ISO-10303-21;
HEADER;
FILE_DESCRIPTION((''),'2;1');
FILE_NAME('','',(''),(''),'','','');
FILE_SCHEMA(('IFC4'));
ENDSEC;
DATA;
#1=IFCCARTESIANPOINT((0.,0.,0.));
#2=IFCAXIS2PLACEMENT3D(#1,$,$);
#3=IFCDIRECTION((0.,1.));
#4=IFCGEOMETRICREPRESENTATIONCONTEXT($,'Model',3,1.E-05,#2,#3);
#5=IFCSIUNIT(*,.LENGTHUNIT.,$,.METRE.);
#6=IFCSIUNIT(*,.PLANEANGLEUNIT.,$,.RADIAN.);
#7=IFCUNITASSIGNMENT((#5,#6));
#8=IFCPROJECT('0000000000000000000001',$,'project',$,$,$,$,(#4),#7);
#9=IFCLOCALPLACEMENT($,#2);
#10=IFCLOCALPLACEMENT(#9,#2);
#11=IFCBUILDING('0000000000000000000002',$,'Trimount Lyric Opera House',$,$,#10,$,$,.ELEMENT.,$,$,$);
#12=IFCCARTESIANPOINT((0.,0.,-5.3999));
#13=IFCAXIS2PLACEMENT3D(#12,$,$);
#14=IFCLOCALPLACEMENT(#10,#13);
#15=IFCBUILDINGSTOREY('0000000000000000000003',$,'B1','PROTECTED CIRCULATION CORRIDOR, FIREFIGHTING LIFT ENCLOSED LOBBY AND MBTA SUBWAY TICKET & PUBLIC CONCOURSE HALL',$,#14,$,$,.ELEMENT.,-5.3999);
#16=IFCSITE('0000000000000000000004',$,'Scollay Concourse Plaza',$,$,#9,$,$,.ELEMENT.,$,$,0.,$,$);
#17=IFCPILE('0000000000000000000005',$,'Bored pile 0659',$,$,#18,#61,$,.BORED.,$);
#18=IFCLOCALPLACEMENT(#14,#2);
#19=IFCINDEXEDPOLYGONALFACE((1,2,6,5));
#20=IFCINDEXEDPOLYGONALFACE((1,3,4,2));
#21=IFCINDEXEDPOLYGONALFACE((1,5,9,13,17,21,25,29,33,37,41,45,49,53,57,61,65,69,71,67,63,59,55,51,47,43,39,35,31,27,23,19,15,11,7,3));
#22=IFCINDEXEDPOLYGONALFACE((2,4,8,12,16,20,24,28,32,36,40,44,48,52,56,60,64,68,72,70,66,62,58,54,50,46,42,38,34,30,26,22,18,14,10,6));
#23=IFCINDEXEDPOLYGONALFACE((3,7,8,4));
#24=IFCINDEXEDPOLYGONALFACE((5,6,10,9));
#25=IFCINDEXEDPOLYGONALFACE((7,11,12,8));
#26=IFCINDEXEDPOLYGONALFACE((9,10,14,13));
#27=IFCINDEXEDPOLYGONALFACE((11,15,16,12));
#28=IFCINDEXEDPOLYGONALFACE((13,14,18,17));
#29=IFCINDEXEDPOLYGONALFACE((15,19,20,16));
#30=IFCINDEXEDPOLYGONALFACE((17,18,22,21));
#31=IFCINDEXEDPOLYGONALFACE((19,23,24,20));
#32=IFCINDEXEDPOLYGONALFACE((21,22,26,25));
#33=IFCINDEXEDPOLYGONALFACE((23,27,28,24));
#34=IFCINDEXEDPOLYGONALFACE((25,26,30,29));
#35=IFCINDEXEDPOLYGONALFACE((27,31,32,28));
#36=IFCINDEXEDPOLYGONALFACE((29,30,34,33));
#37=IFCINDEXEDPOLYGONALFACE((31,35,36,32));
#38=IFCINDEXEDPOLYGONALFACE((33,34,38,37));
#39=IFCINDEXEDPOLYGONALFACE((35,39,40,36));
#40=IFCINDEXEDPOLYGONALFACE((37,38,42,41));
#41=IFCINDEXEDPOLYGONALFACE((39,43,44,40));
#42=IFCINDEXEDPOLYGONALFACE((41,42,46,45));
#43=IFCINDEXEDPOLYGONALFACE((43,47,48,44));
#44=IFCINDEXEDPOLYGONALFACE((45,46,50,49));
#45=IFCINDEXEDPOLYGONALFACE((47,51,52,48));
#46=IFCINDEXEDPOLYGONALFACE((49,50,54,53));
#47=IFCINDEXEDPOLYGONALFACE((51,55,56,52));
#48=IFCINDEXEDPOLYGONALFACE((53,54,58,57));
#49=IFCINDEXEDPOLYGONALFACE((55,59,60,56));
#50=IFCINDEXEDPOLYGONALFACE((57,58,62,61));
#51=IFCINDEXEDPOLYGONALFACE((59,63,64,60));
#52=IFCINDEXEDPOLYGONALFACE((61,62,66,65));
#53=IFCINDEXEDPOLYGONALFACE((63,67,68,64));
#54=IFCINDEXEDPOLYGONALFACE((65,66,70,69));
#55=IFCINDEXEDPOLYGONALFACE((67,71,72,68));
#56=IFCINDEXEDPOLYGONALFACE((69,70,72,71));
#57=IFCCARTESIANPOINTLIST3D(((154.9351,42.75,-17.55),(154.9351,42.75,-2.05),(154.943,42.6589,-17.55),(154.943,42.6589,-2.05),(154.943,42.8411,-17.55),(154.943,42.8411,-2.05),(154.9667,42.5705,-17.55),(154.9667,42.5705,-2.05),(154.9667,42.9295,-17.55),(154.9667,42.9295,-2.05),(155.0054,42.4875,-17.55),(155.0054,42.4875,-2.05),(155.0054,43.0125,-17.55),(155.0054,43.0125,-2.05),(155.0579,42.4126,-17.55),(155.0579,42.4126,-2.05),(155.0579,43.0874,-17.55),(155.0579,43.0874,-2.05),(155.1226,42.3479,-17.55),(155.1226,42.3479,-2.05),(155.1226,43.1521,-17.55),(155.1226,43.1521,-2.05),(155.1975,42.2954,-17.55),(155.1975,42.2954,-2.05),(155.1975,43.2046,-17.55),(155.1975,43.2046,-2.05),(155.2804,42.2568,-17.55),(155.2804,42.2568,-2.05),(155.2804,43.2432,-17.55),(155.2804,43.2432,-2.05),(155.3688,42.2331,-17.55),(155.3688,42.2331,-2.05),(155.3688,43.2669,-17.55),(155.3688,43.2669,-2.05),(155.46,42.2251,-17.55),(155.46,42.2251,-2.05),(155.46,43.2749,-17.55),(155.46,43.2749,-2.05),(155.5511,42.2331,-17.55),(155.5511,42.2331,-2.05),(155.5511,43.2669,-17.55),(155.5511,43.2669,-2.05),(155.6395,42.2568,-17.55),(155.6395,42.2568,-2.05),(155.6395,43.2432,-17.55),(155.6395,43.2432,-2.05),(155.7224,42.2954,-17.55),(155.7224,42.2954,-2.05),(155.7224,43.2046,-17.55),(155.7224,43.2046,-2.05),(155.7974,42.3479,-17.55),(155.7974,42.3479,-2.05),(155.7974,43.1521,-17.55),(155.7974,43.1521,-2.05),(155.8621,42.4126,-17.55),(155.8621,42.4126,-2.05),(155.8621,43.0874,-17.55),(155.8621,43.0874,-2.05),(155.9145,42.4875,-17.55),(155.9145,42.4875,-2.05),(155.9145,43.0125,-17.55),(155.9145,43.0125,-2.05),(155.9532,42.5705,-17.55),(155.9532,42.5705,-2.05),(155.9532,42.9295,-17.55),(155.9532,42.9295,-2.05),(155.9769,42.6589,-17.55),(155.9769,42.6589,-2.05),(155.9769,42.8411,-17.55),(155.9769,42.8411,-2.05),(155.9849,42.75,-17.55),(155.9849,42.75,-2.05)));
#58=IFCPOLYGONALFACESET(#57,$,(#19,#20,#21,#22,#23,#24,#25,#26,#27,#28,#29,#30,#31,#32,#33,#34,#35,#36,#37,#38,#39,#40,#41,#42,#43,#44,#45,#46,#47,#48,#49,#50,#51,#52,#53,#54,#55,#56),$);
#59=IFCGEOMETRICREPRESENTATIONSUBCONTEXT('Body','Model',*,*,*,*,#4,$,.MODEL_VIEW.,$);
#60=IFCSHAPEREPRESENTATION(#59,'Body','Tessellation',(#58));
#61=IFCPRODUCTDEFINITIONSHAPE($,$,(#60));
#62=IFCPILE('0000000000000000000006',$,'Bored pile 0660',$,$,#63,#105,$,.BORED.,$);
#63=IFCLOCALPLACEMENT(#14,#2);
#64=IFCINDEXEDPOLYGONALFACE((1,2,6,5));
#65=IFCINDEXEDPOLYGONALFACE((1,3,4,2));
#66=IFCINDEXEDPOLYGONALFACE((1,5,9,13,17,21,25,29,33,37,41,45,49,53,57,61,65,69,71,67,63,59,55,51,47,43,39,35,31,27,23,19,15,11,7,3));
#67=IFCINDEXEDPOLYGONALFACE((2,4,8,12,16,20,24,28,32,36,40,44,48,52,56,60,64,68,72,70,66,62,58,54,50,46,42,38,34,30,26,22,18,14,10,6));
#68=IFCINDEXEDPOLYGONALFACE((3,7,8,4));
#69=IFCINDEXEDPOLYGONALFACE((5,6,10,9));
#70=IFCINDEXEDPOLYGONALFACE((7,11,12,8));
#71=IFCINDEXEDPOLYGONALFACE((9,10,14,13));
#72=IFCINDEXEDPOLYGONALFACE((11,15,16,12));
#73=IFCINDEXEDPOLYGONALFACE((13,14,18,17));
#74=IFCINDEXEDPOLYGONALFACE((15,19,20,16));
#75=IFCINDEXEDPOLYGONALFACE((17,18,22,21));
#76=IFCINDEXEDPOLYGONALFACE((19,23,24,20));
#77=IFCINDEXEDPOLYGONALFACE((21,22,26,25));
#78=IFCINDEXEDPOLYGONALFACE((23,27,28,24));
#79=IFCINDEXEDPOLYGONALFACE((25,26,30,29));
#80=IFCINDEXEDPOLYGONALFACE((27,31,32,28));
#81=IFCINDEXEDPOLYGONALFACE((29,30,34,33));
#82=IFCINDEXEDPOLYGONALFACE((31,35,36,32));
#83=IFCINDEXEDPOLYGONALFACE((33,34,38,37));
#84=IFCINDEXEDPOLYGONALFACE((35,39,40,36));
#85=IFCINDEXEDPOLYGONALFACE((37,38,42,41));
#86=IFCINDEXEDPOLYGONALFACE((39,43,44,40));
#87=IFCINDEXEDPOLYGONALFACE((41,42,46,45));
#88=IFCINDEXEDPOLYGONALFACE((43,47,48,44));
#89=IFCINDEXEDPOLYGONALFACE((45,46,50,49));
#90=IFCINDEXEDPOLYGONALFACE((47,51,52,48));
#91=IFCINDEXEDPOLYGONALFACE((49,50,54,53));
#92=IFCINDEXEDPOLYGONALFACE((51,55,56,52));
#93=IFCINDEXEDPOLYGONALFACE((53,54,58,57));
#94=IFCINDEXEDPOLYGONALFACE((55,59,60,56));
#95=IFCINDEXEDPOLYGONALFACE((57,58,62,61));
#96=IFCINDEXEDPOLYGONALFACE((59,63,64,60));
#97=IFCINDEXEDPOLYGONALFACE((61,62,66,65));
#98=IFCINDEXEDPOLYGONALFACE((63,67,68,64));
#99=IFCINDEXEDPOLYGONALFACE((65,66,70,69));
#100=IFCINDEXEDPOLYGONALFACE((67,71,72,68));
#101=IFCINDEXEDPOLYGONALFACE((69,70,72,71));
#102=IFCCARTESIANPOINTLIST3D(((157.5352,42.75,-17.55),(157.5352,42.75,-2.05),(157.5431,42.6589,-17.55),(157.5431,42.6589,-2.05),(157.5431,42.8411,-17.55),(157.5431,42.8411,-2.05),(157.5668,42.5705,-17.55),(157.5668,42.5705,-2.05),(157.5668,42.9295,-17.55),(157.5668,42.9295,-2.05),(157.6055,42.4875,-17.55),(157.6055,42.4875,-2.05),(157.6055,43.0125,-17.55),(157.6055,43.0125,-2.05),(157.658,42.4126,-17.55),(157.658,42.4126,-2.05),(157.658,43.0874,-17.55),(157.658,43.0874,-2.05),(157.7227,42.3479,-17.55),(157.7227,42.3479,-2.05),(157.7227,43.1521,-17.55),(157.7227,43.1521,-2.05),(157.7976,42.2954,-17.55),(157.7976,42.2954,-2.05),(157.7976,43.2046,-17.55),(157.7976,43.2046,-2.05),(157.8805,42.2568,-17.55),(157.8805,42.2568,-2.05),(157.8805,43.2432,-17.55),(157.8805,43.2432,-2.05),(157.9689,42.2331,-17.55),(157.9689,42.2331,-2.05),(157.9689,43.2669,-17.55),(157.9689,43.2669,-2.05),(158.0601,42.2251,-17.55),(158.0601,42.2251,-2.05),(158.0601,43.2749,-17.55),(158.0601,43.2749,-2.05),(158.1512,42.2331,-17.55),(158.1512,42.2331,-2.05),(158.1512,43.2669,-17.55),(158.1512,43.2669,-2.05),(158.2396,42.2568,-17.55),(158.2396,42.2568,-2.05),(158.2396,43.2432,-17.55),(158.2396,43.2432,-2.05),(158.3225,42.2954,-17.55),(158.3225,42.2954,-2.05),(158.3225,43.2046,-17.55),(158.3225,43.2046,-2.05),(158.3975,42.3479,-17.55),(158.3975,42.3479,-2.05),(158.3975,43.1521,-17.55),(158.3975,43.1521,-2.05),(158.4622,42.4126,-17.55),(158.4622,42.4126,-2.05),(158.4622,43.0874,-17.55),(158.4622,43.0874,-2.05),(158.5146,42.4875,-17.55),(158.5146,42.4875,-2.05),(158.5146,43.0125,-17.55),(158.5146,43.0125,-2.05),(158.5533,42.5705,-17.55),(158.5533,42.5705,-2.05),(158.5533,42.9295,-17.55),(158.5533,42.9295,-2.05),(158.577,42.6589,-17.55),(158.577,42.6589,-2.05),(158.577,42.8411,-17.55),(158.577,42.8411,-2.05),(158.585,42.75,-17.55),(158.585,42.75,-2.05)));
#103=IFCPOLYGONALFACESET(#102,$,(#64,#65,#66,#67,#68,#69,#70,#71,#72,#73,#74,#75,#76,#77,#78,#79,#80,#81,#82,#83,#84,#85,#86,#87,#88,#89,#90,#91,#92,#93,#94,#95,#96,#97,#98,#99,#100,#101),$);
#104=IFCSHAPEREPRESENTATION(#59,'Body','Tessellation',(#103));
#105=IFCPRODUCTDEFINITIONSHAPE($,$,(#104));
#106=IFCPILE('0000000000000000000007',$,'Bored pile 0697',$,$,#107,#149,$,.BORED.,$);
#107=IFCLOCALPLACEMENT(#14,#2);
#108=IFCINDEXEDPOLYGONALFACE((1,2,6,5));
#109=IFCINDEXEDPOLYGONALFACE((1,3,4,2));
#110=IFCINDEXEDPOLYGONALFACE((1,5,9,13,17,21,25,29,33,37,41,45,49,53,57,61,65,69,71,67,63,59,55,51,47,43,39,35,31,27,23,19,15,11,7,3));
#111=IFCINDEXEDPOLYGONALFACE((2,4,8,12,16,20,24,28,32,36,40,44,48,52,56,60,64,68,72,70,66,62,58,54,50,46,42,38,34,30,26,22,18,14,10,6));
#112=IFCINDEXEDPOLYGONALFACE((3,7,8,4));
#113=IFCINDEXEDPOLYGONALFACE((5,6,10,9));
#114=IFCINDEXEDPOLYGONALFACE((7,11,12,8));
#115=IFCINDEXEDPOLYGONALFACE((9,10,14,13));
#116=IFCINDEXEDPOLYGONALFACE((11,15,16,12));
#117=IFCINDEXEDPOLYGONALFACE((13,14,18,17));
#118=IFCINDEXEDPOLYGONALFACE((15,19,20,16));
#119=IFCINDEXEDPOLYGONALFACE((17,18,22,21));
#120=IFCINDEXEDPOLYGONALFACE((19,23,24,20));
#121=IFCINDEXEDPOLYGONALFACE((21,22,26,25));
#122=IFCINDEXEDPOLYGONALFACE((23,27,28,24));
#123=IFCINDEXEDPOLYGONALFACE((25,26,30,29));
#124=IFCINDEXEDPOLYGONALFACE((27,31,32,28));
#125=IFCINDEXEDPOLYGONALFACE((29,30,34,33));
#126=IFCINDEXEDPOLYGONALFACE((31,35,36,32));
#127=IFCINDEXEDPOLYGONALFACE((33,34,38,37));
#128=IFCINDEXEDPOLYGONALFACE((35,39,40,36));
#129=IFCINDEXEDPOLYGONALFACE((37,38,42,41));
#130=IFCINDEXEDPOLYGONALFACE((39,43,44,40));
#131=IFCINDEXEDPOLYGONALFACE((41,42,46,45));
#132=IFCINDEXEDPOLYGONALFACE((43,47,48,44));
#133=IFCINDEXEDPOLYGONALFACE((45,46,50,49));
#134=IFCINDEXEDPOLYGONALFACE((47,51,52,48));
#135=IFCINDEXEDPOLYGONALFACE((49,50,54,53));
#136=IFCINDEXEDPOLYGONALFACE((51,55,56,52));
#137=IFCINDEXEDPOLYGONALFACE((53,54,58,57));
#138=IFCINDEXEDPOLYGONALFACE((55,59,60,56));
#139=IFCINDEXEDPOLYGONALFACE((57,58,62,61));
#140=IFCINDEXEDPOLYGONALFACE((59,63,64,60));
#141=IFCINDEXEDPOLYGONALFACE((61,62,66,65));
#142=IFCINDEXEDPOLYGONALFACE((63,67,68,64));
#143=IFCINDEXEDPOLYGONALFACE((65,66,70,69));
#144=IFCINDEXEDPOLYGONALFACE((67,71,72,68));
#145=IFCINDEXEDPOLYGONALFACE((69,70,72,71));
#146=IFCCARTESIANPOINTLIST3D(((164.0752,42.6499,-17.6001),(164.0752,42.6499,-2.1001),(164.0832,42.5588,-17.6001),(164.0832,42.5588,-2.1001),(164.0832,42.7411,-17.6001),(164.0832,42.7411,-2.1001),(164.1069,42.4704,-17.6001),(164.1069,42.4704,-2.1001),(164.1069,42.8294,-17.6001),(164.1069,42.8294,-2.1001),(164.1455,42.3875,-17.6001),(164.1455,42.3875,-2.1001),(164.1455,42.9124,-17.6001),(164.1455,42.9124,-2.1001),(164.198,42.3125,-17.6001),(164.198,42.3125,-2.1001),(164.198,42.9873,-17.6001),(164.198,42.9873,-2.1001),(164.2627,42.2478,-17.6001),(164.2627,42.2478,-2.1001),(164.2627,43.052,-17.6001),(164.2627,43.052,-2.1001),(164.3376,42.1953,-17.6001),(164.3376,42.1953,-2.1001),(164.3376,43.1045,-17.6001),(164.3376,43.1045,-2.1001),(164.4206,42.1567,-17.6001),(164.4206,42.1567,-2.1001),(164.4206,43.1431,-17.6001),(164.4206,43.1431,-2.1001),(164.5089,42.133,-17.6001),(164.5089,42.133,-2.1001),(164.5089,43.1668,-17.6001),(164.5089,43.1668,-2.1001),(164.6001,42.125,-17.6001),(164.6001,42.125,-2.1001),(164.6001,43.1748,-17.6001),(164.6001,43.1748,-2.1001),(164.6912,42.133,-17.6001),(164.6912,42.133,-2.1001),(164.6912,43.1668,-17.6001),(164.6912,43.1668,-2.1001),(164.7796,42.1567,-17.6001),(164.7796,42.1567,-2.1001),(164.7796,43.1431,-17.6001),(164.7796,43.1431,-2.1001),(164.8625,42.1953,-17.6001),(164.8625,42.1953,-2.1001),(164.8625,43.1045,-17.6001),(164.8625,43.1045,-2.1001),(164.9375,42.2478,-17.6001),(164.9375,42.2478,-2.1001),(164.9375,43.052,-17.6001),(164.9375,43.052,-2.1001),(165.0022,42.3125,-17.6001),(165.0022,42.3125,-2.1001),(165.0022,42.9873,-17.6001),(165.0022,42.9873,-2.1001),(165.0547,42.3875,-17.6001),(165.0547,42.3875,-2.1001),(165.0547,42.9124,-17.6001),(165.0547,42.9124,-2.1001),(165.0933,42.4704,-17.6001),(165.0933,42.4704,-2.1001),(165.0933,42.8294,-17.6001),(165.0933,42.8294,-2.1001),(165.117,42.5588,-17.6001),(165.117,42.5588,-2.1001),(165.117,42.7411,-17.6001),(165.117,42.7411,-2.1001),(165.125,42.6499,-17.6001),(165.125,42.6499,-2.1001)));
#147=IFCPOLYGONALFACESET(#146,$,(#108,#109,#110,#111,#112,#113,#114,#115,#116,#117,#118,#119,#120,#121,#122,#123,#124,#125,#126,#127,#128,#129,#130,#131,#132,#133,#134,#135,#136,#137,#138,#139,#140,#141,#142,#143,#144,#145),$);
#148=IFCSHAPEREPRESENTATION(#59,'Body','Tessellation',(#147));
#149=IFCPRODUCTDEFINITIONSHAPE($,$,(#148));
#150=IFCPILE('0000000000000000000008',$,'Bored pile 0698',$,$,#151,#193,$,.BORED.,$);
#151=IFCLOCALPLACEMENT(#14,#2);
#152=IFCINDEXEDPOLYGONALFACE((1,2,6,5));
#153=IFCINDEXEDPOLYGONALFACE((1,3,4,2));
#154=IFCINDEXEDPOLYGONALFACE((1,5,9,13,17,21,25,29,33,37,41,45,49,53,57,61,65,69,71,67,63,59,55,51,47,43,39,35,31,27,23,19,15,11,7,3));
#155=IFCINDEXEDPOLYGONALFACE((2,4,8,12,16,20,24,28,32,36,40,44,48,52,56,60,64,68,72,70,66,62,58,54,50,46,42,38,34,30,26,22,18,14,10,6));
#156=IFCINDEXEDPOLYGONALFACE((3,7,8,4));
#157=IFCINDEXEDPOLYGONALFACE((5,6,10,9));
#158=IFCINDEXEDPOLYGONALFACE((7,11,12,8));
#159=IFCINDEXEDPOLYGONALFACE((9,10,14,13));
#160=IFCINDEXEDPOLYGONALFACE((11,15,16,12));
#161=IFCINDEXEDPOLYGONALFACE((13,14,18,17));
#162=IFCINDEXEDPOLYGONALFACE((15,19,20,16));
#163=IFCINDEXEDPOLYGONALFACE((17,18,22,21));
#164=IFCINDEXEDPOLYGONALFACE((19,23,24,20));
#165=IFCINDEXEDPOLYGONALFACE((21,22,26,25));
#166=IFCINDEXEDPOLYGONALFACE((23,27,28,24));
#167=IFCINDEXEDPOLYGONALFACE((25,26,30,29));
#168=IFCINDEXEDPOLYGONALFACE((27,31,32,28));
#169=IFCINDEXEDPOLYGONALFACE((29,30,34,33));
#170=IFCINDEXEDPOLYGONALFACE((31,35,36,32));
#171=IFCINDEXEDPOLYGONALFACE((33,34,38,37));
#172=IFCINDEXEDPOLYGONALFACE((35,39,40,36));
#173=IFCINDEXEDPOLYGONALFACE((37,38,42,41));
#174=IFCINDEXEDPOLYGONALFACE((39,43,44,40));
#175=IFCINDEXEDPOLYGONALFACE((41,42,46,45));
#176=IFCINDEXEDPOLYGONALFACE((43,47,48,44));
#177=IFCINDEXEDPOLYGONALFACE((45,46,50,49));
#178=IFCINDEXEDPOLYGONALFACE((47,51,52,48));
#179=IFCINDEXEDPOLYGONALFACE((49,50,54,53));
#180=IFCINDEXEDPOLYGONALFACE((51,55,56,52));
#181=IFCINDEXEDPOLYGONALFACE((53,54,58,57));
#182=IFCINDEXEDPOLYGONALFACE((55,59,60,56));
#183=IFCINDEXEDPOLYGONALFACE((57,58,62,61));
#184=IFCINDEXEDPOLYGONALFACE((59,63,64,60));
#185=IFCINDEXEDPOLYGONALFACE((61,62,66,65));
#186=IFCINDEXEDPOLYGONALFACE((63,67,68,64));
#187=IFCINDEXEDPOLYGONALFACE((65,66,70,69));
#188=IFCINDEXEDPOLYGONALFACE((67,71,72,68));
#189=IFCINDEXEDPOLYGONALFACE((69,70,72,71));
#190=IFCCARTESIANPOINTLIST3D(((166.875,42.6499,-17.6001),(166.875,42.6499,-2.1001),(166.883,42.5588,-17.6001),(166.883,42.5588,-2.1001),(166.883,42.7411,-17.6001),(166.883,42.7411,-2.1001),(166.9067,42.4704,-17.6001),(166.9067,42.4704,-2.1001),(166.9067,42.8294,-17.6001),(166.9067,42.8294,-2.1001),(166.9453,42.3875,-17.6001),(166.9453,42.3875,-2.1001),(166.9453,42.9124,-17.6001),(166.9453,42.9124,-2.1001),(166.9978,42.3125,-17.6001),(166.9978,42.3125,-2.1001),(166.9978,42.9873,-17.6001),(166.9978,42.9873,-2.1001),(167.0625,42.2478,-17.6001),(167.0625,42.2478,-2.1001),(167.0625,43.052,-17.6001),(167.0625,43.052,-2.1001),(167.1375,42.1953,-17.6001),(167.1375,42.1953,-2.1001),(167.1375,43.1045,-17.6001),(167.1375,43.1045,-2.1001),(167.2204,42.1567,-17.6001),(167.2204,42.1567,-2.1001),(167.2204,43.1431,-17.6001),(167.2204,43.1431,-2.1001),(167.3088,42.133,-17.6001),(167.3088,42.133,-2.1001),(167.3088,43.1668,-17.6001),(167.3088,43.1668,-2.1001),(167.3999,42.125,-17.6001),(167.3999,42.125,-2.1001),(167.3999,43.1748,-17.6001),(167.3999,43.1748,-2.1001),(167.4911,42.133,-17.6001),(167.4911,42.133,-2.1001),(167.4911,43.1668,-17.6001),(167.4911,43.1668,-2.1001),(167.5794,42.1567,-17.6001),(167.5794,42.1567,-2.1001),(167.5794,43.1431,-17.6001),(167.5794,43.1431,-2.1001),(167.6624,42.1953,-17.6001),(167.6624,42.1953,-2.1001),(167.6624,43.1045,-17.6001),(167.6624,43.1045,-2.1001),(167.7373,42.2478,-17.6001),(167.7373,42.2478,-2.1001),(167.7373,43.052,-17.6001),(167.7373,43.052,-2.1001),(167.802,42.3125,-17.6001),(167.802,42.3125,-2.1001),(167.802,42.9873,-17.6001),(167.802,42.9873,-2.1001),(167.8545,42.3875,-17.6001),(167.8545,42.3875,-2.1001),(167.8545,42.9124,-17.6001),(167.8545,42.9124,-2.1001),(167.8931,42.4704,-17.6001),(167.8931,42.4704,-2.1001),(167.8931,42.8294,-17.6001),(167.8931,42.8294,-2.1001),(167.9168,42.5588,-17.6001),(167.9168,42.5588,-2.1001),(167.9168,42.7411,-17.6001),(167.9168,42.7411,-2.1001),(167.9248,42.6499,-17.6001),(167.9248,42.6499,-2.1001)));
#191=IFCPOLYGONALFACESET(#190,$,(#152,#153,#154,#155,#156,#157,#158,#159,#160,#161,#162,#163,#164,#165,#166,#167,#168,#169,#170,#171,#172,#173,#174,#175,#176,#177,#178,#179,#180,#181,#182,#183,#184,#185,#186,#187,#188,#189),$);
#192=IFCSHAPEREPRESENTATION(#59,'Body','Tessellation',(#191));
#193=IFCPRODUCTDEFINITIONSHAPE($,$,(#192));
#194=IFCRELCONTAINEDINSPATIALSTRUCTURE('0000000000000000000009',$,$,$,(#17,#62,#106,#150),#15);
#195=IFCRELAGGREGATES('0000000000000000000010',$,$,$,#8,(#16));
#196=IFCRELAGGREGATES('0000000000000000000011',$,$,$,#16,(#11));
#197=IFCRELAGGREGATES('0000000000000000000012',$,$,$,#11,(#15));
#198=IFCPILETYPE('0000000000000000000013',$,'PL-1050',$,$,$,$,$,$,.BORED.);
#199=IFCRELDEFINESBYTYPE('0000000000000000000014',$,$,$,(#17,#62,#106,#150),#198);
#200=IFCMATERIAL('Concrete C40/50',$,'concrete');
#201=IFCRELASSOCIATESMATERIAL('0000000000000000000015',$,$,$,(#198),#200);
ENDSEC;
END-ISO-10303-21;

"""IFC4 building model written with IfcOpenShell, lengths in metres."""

from ifc_helpers import new_model, si_unit, direction, frame, origin, origin_2d, place, context, subcontext, project, spatial, circle, extrude, material, material_profile, profile_set, type_object, element, save


model = new_model("IFC4")

# Units and contexts
model_context = context("Model", 3, precision=1e-05, world=origin(), true_north=direction((0.0, 1.0)))
body_context = subcontext(model_context, "Body", "Model", "MODEL_VIEW")
ifc_project = project(units=[si_unit("LENGTHUNIT", "METRE"), si_unit("PLANEANGLEUNIT", "RADIAN")], contexts=[model_context])

# Site, building, storey
site_placement = place(None, origin())
site = spatial("IfcSite", under=ifc_project, at=site_placement, Name="Scollay Concourse Plaza", CompositionType="ELEMENT", RefElevation=0.0)
building_placement = place(site_placement, origin())
building = spatial("IfcBuilding", under=site, at=building_placement, Name="Trimount Lyric Opera House", CompositionType="ELEMENT")
storey_placement = place(building_placement, frame((0.0, 0.0, -5.3999)))
storey = spatial("IfcBuildingStorey", under=building, at=storey_placement, Name="B1", Description="PROTECTED CIRCULATION CORRIDOR, FIREFIGHTING LIFT ENCLOSED LOBBY AND MBTA SUBWAY TICKET & PUBLIC CONCOURSE HALL", CompositionType="ELEMENT", Elevation=-5.3999)

# Piles
ifc_material_1 = material(Name="Concrete C40/50", Category="concrete")
ifc_material_profile_1 = material_profile(ifc_material_1, circle(Radius=0.5249, at=origin_2d()), Name="PILE-D1050")
ifc_profile_set_1 = profile_set([ifc_material_profile_1], Name="Concrete C40/50")
pile_type_1 = type_object("IfcPileType", Name="PL-1050", PredefinedType="BORED", material=ifc_profile_set_1)
for number, where, z_axis, x_axis, name in (
    (1, (155.46, 42.75, -2.05), (0.0, 0.0, -1.0), (1.0, 0.0, 0.0), "Bored pile 0659"),
    (2, (158.0601, 42.75, -2.05), (0.0, 0.0, -1.0), (1.0, 0.0, 0.0), "Bored pile 0660"),
    (3, (164.6001, 42.6499, -2.1001), (0.0, 0.0, -1.0), (1.0, 0.0, 0.0), "Bored pile 0697"),
    (4, (167.3999, 42.6499, -2.1001), (0.0, 0.0, -1.0), (1.0, 0.0, 0.0), "Bored pile 0698"),
):
    element("IfcPile", number, at=place(storey_placement, frame(where, z_axis=z_axis, x_axis=x_axis)), inside=storey, type_object=pile_type_1, Name=name, PredefinedType="BORED", context=body_context, shape_type="SweptSolid", body=[
        extrude(circle(Radius=0.5249, at=origin_2d()), origin(), (0.0, 0.0, 1.0), 15.5),
    ])

save(model, "model.ifc")
